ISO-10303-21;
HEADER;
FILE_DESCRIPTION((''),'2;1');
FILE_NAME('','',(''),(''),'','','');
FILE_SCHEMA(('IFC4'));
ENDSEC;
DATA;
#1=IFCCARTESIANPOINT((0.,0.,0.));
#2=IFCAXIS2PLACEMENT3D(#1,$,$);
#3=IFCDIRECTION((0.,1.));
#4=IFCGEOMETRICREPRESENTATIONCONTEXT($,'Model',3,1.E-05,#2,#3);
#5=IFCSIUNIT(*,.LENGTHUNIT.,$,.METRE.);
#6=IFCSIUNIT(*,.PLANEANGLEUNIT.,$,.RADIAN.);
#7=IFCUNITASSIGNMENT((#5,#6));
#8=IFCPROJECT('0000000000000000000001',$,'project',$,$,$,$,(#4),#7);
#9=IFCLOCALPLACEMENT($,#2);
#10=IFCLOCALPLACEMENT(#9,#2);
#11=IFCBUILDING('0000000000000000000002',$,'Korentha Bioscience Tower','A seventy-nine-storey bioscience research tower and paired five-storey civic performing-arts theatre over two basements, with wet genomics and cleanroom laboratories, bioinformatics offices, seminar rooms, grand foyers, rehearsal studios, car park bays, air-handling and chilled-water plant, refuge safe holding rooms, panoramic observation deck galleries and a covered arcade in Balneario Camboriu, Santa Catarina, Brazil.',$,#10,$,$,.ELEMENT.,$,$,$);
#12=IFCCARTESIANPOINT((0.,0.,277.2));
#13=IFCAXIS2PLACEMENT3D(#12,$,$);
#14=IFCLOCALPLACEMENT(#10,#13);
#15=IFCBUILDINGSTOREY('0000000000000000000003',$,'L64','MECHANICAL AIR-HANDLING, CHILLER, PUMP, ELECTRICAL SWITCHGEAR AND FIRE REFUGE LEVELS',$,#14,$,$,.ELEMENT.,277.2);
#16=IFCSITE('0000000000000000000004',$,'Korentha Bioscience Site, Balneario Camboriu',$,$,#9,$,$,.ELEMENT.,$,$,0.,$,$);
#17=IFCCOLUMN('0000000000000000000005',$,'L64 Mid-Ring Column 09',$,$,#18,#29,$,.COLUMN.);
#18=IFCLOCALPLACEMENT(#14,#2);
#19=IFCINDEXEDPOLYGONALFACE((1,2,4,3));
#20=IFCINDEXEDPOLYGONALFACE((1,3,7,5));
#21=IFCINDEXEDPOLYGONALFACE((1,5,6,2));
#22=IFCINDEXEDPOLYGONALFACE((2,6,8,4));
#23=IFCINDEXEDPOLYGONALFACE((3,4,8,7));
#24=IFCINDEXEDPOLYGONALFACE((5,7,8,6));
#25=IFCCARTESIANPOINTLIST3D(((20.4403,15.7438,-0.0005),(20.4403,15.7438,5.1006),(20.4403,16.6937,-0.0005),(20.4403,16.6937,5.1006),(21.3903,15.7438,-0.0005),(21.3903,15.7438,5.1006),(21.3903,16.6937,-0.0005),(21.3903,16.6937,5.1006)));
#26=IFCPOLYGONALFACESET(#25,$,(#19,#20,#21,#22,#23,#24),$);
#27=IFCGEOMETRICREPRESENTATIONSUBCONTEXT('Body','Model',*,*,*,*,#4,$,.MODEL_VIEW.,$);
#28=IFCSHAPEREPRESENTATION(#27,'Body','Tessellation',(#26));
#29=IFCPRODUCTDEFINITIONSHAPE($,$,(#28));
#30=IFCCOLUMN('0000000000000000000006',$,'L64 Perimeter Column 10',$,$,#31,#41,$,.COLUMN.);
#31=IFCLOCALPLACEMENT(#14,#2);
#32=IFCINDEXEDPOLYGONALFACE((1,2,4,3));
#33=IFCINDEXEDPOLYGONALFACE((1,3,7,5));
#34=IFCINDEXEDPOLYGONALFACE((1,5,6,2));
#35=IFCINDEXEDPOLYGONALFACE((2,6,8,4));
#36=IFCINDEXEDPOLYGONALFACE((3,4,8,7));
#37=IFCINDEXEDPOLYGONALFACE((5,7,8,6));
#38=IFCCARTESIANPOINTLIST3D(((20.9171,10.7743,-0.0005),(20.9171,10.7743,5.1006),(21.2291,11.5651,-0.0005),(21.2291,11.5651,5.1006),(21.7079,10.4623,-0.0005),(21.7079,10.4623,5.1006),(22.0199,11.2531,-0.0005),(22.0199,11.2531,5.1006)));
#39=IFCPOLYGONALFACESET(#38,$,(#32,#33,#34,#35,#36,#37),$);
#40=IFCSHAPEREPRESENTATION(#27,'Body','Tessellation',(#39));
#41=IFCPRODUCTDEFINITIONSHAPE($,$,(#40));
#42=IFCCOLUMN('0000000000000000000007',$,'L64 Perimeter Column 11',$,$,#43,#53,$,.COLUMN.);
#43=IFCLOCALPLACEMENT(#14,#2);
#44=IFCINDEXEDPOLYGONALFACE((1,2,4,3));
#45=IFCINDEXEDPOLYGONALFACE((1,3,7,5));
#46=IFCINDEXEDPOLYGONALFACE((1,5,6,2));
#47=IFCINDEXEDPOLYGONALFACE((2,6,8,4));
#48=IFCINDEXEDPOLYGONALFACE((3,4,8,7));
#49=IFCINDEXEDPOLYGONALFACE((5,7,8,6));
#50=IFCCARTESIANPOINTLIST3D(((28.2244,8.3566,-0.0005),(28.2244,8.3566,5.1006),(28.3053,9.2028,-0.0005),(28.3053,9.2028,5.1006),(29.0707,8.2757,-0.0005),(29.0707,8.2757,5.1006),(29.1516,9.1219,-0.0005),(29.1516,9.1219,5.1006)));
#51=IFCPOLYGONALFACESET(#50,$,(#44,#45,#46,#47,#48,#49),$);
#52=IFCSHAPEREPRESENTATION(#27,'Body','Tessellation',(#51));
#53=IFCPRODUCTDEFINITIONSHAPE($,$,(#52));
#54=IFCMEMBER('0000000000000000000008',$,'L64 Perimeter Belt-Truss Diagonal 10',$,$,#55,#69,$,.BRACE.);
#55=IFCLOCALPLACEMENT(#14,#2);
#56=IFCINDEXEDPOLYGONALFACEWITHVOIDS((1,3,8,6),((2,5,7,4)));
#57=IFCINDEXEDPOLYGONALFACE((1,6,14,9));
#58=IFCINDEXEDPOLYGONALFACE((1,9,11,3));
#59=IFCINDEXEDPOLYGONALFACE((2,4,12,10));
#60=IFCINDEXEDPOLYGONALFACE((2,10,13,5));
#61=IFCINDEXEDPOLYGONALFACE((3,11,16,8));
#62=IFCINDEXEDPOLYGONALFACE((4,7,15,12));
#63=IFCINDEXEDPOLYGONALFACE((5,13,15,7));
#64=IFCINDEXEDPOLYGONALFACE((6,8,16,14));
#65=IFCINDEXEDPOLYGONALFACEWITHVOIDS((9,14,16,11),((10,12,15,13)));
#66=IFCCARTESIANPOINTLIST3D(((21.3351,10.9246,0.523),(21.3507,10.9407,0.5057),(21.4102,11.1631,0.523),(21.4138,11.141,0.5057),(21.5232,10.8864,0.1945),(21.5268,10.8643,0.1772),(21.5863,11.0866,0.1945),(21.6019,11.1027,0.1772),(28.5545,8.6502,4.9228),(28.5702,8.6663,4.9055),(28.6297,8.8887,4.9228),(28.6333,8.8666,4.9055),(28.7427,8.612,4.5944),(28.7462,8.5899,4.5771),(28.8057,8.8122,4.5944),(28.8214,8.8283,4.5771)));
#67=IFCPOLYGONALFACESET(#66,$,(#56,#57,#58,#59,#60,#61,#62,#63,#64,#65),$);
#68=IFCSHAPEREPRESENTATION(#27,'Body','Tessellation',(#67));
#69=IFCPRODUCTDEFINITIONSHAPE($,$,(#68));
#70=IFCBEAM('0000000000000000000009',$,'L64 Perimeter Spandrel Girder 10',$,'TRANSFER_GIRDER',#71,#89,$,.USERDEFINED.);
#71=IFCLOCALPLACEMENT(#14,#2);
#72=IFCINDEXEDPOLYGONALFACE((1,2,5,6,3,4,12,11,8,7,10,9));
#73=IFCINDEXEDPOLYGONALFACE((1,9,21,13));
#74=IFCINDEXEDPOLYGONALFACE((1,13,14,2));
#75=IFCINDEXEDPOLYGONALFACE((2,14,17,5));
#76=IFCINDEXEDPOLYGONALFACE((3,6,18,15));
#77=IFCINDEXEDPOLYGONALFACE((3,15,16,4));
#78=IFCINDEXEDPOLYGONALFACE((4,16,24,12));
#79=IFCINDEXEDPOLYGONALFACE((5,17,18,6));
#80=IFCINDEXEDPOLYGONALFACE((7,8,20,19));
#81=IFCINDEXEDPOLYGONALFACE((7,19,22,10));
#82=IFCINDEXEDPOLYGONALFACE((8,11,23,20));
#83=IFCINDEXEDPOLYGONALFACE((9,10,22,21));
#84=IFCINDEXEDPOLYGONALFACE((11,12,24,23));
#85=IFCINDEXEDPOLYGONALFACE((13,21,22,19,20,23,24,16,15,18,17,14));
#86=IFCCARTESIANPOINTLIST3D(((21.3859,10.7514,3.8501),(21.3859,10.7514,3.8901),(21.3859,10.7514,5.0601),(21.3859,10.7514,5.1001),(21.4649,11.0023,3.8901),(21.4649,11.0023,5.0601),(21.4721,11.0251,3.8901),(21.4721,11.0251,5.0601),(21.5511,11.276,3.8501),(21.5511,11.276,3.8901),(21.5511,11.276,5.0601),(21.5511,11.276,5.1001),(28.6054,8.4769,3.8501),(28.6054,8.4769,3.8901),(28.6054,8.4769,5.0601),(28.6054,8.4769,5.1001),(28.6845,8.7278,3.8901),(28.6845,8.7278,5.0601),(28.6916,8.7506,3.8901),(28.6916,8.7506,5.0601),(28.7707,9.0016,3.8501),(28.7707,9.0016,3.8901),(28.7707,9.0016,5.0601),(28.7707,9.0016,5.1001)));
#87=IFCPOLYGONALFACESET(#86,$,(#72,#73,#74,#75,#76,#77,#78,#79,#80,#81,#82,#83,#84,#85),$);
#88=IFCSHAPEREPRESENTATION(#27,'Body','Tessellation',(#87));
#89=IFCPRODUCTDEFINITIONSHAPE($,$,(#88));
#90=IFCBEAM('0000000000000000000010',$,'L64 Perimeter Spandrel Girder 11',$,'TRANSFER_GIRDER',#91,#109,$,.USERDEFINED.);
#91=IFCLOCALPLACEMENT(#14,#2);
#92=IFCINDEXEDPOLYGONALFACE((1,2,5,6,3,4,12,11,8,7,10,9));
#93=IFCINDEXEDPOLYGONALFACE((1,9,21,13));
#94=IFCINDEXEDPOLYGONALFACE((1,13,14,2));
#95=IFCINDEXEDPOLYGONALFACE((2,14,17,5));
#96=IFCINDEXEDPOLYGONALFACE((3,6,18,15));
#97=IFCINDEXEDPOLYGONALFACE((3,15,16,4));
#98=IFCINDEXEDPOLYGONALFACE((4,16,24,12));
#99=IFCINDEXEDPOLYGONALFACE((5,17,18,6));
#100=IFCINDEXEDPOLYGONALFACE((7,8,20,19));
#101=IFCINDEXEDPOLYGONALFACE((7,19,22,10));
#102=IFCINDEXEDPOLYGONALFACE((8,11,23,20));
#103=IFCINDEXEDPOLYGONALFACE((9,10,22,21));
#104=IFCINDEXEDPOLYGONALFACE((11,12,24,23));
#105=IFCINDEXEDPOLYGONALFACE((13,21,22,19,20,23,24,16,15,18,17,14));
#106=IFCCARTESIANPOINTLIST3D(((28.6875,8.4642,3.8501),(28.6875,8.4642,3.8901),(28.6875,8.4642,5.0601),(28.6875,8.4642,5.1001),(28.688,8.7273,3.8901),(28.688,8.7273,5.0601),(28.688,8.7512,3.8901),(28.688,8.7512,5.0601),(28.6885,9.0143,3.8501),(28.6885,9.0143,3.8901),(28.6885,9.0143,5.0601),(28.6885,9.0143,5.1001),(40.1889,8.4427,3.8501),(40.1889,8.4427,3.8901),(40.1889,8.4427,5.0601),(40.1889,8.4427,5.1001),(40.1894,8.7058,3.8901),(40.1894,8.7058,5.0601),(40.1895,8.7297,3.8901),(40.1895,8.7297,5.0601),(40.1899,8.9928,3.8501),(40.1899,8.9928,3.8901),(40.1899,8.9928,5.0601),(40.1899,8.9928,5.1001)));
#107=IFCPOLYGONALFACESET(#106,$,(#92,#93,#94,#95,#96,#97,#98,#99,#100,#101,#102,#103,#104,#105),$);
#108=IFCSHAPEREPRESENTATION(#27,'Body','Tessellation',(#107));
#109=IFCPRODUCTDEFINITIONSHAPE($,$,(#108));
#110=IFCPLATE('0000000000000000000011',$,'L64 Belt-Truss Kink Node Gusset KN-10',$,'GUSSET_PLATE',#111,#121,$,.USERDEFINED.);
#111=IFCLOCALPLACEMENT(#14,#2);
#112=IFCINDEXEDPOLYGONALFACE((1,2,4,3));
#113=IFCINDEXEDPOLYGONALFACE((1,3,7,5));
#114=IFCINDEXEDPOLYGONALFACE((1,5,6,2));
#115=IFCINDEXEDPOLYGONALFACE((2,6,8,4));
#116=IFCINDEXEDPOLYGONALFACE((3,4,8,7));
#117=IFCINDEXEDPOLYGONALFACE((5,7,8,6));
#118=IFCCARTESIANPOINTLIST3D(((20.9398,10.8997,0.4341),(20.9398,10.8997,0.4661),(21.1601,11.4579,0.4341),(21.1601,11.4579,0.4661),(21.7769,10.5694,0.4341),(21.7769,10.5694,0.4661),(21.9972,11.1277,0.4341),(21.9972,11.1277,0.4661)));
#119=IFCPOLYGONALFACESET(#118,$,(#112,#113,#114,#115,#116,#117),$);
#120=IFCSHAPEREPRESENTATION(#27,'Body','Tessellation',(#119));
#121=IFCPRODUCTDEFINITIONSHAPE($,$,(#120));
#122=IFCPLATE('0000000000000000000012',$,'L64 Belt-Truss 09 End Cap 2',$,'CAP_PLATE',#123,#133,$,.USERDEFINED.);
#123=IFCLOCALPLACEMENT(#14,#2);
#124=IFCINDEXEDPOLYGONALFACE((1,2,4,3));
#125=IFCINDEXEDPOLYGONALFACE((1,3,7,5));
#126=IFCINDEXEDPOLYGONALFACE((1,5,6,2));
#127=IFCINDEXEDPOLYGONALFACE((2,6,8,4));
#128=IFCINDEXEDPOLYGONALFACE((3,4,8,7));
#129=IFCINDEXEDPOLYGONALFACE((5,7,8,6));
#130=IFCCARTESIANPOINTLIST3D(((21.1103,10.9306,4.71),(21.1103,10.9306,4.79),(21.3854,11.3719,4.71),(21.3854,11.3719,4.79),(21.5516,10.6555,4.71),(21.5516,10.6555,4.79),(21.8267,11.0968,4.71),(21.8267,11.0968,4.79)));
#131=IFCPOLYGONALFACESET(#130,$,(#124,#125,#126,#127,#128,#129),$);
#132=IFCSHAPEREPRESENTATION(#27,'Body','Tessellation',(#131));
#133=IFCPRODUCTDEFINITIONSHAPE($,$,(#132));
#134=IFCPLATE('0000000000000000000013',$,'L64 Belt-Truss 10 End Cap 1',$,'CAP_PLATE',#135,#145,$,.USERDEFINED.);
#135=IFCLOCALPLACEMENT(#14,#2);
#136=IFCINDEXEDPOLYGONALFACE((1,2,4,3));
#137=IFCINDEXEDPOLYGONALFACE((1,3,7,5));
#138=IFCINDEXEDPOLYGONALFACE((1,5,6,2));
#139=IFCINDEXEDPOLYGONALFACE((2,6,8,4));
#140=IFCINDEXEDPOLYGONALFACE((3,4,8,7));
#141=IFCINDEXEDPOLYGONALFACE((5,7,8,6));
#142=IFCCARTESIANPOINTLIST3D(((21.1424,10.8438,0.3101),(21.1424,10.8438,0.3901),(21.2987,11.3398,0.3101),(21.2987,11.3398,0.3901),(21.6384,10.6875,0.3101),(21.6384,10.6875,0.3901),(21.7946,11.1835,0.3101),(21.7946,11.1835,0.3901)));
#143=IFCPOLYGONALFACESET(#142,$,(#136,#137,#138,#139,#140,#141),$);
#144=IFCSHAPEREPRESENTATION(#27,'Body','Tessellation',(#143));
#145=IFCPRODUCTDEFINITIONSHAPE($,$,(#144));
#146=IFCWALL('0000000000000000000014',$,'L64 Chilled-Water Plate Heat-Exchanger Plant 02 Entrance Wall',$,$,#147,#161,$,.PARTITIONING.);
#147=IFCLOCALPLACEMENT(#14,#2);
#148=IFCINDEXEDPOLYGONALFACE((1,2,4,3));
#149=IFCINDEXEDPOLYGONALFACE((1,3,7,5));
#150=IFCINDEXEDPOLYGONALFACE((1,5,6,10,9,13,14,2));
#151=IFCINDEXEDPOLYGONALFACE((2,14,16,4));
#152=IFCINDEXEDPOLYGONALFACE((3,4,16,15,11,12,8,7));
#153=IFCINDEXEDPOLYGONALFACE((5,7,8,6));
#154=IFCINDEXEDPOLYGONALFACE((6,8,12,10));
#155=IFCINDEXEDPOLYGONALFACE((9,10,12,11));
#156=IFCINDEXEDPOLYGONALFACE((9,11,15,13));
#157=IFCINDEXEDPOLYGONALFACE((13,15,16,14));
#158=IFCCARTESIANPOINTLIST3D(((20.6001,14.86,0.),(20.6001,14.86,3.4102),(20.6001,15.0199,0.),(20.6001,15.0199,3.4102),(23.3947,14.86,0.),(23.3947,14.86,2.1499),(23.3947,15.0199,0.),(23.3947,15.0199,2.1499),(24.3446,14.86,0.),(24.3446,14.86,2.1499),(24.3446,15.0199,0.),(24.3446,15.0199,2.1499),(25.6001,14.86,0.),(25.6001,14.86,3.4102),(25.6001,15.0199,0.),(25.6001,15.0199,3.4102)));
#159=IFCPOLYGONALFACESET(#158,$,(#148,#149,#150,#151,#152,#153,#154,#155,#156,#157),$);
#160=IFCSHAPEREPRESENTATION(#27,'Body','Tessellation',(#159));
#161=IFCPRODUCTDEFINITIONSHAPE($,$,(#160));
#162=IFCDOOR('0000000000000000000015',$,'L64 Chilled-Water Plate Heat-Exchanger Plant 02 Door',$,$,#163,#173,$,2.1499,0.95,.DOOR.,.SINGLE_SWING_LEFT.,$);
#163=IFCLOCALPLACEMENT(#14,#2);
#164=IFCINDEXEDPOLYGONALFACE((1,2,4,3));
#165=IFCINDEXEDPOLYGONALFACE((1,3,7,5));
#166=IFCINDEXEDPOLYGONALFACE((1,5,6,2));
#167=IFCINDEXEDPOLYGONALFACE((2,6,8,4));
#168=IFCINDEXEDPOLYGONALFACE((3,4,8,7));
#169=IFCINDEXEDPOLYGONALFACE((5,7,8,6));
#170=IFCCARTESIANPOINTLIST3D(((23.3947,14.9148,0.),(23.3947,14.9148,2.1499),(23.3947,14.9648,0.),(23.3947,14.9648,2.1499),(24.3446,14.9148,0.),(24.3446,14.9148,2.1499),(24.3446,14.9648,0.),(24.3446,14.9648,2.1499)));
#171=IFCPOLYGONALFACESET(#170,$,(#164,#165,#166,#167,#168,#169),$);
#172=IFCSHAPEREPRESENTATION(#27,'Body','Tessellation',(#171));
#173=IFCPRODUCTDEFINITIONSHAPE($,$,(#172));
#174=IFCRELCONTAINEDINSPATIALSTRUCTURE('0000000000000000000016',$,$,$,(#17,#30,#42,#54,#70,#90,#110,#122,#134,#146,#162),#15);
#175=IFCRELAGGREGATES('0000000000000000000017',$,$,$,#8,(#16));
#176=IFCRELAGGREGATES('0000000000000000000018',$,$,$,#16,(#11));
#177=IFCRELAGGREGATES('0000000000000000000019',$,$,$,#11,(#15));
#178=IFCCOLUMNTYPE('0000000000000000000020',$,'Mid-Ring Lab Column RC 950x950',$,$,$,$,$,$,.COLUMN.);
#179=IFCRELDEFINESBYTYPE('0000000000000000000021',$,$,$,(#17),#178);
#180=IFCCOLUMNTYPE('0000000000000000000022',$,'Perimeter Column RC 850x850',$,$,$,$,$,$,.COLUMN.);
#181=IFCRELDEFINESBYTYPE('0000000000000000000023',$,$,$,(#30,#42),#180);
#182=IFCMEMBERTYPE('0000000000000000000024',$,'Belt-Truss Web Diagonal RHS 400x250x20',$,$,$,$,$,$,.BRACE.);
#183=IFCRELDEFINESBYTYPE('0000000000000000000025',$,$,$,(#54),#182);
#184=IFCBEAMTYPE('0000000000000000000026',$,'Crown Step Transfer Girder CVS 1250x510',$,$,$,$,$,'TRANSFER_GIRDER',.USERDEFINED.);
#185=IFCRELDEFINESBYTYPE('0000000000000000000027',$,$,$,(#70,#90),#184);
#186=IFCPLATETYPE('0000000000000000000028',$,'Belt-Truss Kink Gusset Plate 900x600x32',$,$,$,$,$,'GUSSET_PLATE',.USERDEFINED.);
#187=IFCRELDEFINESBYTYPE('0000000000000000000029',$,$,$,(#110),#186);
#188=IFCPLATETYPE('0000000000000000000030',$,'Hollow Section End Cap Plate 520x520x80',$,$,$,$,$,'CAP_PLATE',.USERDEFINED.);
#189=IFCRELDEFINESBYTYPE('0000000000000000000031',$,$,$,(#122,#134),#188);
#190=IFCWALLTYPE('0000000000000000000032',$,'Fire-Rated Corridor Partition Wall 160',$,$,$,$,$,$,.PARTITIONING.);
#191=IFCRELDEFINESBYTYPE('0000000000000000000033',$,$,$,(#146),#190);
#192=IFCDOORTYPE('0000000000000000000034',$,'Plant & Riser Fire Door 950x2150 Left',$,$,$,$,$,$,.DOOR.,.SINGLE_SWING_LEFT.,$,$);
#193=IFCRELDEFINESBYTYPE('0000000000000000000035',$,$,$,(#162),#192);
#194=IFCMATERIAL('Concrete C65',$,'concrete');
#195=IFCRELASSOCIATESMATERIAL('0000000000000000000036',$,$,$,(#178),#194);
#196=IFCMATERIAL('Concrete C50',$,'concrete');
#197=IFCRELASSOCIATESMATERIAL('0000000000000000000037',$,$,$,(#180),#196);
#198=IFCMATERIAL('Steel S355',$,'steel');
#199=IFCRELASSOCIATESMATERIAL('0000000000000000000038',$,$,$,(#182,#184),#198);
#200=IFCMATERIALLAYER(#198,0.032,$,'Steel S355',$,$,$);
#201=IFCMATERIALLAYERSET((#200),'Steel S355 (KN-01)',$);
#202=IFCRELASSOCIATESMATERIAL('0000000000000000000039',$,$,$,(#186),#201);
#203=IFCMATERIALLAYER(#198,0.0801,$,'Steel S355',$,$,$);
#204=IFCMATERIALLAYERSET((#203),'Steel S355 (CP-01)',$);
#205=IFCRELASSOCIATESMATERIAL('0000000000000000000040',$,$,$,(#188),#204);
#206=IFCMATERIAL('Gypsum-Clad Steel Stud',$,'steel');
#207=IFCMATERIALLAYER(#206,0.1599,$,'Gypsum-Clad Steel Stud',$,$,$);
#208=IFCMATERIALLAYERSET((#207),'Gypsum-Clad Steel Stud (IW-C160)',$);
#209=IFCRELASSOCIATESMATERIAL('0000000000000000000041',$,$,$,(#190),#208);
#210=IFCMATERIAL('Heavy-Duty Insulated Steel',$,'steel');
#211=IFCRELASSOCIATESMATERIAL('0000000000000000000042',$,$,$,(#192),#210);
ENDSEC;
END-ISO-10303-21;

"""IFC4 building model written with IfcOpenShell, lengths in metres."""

from ifc_helpers import new_model, si_unit, direction, frame, frame_2d, origin, origin_2d, place, context, subcontext, project, spatial, rectangle, hollow_rectangle, i_section, extrude, material, layer, layer_set, material_profile, profile_set, type_object, element, fill, save


model = new_model("IFC4")

# Units and contexts
model_context = context("Model", 3, precision=1e-05, world=origin(), true_north=direction((0.0, 1.0)))
body_context = subcontext(model_context, "Body", "Model", "MODEL_VIEW")
ifc_project = project(units=[si_unit("LENGTHUNIT", "METRE"), si_unit("PLANEANGLEUNIT", "RADIAN")], contexts=[model_context])

# Site, building, storey
site_placement = place(None, origin())
site = spatial("IfcSite", under=ifc_project, at=site_placement, Name="Korentha Bioscience Site, Balneario Camboriu", CompositionType="ELEMENT", RefElevation=0.0)
building_placement = place(site_placement, origin())
building = spatial("IfcBuilding", under=site, at=building_placement, Name="Korentha Bioscience Tower", Description="A seventy-nine-storey bioscience research tower and paired five-storey civic performing-arts theatre over two basements, with wet genomics and cleanroom laboratories, bioinformatics offices, seminar rooms, grand foyers, rehearsal studios, car park bays, air-handling and chilled-water plant, refuge safe holding rooms, panoramic observation deck galleries and a covered arcade in Balneario Camboriu, Santa Catarina, Brazil.", CompositionType="ELEMENT")
storey_placement = place(building_placement, frame((0.0, 0.0, 277.2)))
storey = spatial("IfcBuildingStorey", under=building, at=storey_placement, Name="L64", Description="MECHANICAL AIR-HANDLING, CHILLER, PUMP, ELECTRICAL SWITCHGEAR AND FIRE REFUGE LEVELS", CompositionType="ELEMENT", Elevation=277.2)

# Columns
ifc_material_1 = material(Name="Concrete C65", Category="concrete")
ifc_material_profile_1 = material_profile(ifc_material_1, rectangle(XDim=0.95, YDim=0.95, at=origin_2d()), Name="Concrete C65")
ifc_profile_set_1 = profile_set([ifc_material_profile_1], Name="Concrete C65 (COL-MR09)")
column_type_1 = type_object("IfcColumnType", Name="Mid-Ring Lab Column RC 950x950", PredefinedType="COLUMN", material=ifc_profile_set_1)
column_placement = place(storey_placement, frame((20.9153, 16.2188, -0.0005), z_axis=(0.0, 0.0, 1.0), x_axis=(1.0, 0.0, 0.0)))
element("IfcColumn", 1, at=column_placement, inside=storey, type_object=column_type_1, Name="L64 Mid-Ring Column 09", PredefinedType="COLUMN", context=body_context, shape_type="SweptSolid", body=[
    extrude(rectangle(XDim=0.95, YDim=0.95, at=origin_2d()), origin(), (0.0, 0.0, 1.0), 5.1011),
])
ifc_material_2 = material(Name="Concrete C50", Category="concrete")
ifc_material_profile_2 = material_profile(ifc_material_2, rectangle(XDim=0.8501, YDim=0.8501, at=origin_2d()), Name="Concrete C50")
ifc_profile_set_2 = profile_set([ifc_material_profile_2], Name="Concrete C50 (COL-P08)")
column_type_2 = type_object("IfcColumnType", Name="Perimeter Column RC 850x850", PredefinedType="COLUMN", material=ifc_profile_set_2)
for number, where, z_axis, x_axis, name in (
    (2, (21.4685, 11.0137, -0.0005), (0.0, 0.0, 1.0), (-0.930226, 0.366988, 0.0), "L64 Perimeter Column 10"),
    (3, (28.688, 8.7393, -0.0005), (0.0, 0.0, 1.0), (-0.995463, 0.095151, 0.0), "L64 Perimeter Column 11"),
):
    element("IfcColumn", number, at=place(storey_placement, frame(where, z_axis=z_axis, x_axis=x_axis)), inside=storey, type_object=column_type_2, Name=name, PredefinedType="COLUMN", context=body_context, shape_type="SweptSolid", body=[
        extrude(rectangle(XDim=0.8501, YDim=0.8501, at=origin_2d()), origin(), (0.0, 0.0, 1.0), 5.1011),
    ])

# Member
ifc_material_3 = material(Name="Steel S355", Category="steel")
ifc_material_profile_3 = material_profile(ifc_material_3, hollow_rectangle(XDim=0.25, YDim=0.3999, WallThickness=0.02, at=origin_2d()), Name="Steel S355")
ifc_profile_set_3 = profile_set([ifc_material_profile_3], Name="Steel S355 (BT-D400)")
member_type = type_object("IfcMemberType", Name="Belt-Truss Web Diagonal RHS 400x250x20", PredefinedType="BRACE", material=ifc_profile_set_3)
member_placement = place(storey_placement, frame((21.4685, 11.0137, 0.3501), z_axis=(0.824596, -0.25978, 0.502549), x_axis=(0.30048, 0.953788, 0.0)))
element("IfcMember", 4, at=member_placement, inside=storey, type_object=member_type, Name="L64 Perimeter Belt-Truss Diagonal 10", PredefinedType="BRACE", context=body_context, shape_type="SweptSolid", body=[
    extrude(hollow_rectangle(XDim=0.25, YDim=0.3999, WallThickness=0.02, at=origin_2d()), origin(), (0.0, 0.0, 1.0), 8.7551),
])

# Beams
ifc_material_profile_4 = material_profile(ifc_material_3, i_section(OverallWidth=0.55, OverallDepth=1.25, WebThickness=0.0239, FlangeThickness=0.04, at=origin_2d()), Name="Steel S355")
ifc_profile_set_4 = profile_set([ifc_material_profile_4], Name="Steel S355 (TG-03)")
beam_type = type_object("IfcBeamType", Name="Crown Step Transfer Girder CVS 1250x510", ElementType="TRANSFER_GIRDER", PredefinedType="USERDEFINED", material=ifc_profile_set_4)
beam_1_placement = place(storey_placement, frame((21.4685, 11.0137, 4.4751), z_axis=(0.953788, -0.30048, 0.0), x_axis=(0.30048, 0.953788, 0.0)))
element("IfcBeam", 5, at=beam_1_placement, inside=storey, type_object=beam_type, Name="L64 Perimeter Spandrel Girder 10", ObjectType="TRANSFER_GIRDER", PredefinedType="USERDEFINED", context=body_context, shape_type="SweptSolid", body=[
    extrude(i_section(OverallWidth=0.55, OverallDepth=1.25, WebThickness=0.0239, FlangeThickness=0.04, at=origin_2d()), origin(), (0.0, 0.0, 1.0), 7.5693),
])
beam_2_placement = place(storey_placement, frame((28.688, 8.7393, 4.4751), z_axis=(0.999998, -0.001868, 0.0), x_axis=(0.001868, 0.999998, 0.0)))
element("IfcBeam", 6, at=beam_2_placement, inside=storey, type_object=beam_type, Name="L64 Perimeter Spandrel Girder 11", ObjectType="TRANSFER_GIRDER", PredefinedType="USERDEFINED", context=body_context, shape_type="SweptSolid", body=[
    extrude(i_section(OverallWidth=0.55, OverallDepth=1.25, WebThickness=0.0239, FlangeThickness=0.04, at=origin_2d()), origin(), (0.0, 0.0, 1.0), 11.5015),
])

# Plates
ifc_layer_1 = layer(ifc_material_3, 0.032, Name="Steel S355")
ifc_layer_set_1 = layer_set([ifc_layer_1], Name="Steel S355 (KN-01)")
plate_type_1 = type_object("IfcPlateType", Name="Belt-Truss Kink Gusset Plate 900x600x32", ElementType="GUSSET_PLATE", PredefinedType="USERDEFINED", material=ifc_layer_set_1)
plate_placement = place(storey_placement, frame((21.4685, 11.0137, 0.4341), z_axis=(0.0, 0.0, 1.0), x_axis=(-0.930226, 0.366988, 0.0)))
element("IfcPlate", 7, at=plate_placement, inside=storey, type_object=plate_type_1, Name="L64 Belt-Truss Kink Node Gusset KN-10", ObjectType="GUSSET_PLATE", PredefinedType="USERDEFINED", context=body_context, shape_type="SweptSolid", body=[
    extrude(rectangle(XDim=0.8999, YDim=0.6001, at=origin_2d()), origin(), (0.0, 0.0, 1.0), 0.032),
])
ifc_layer_2 = layer(ifc_material_3, 0.0801, Name="Steel S355")
ifc_layer_set_2 = layer_set([ifc_layer_2], Name="Steel S355 (CP-01)")
plate_type_2 = type_object("IfcPlateType", Name="Hollow Section End Cap Plate 520x520x80", ElementType="CAP_PLATE", PredefinedType="USERDEFINED", material=ifc_layer_set_2)
for number, where, z_axis, x_axis, name in (
    (8, (21.4685, 11.0137, 4.71), (0.0, 0.0, 1.0), (-0.848603, 0.529031, 0.0), "L64 Belt-Truss 09 End Cap 2"),
    (9, (21.4685, 11.0137, 0.3101), (0.0, 0.0, 1.0), (-0.953769, 0.300539, 0.0), "L64 Belt-Truss 10 End Cap 1"),
):
    element("IfcPlate", number, at=place(storey_placement, frame(where, z_axis=z_axis, x_axis=x_axis)), inside=storey, type_object=plate_type_2, Name=name, ObjectType="CAP_PLATE", PredefinedType="USERDEFINED", context=body_context, shape_type="SweptSolid", body=[
        extrude(rectangle(XDim=0.52, YDim=0.52, at=origin_2d()), origin(), (0.0, 0.0, 1.0), 0.0801),
    ])

# Wall, opening, door
ifc_material_4 = material(Name="Gypsum-Clad Steel Stud", Category="steel")
ifc_layer_3 = layer(ifc_material_4, 0.1599, Name="Gypsum-Clad Steel Stud")
ifc_layer_set_3 = layer_set([ifc_layer_3], Name="Gypsum-Clad Steel Stud (IW-C160)")
wall_type_1 = type_object("IfcWallType", Name="Fire-Rated Corridor Partition Wall 160", PredefinedType="PARTITIONING", material=ifc_layer_set_3)
wall_1_placement = place(storey_placement, frame((20.6001, 14.9399, 0.0), z_axis=(0.0, 0.0, 1.0), x_axis=(1.0, 0.0, 0.0)))
wall_1 = element("IfcWall", 10, at=wall_1_placement, inside=storey, type_object=wall_type_1, Name="L64 Chilled-Water Plate Heat-Exchanger Plant 02 Entrance Wall", PredefinedType="PARTITIONING", context=body_context, shape_type="SweptSolid", body=[
    extrude(rectangle(XDim=5.0, YDim=0.1599, at=frame_2d((2.5, 0.0))), origin(), (0.0, 0.0, 1.0), 3.4102),
])
opening_placement = place(wall_1_placement, frame((2.7944, 0.0, 0.0)))
opening = element("IfcOpeningElement", 11, at=opening_placement, cuts=wall_1, PredefinedType="OPENING", context=body_context, shape_type="SweptSolid", body=[
    extrude(rectangle(XDim=0.95, YDim=2.1499, at=frame_2d((0.4751, 1.075))), frame((0.0, 0.0947, 0.0), z_axis=(0.0, -1.0, 0.0), x_axis=(1.0, 0.0, 0.0)), (0.0, 0.0, 1.0), 0.1897),
])
ifc_material_5 = material(Name="Heavy-Duty Insulated Steel", Category="steel")
door_type = type_object("IfcDoorType", Name="Plant & Riser Fire Door 950x2150 Left", OperationType="SINGLE_SWING_LEFT", PredefinedType="DOOR", material=ifc_material_5)
door_placement = place(opening_placement, origin())
door = element("IfcDoor", 12, at=door_placement, inside=storey, type_object=door_type, Name="L64 Chilled-Water Plate Heat-Exchanger Plant 02 Door", OperationType="SINGLE_SWING_LEFT", OverallHeight=2.1499, OverallWidth=0.95, PredefinedType="DOOR", context=body_context, shape_type="SweptSolid", body=[
    extrude(rectangle(XDim=0.95, YDim=2.1499, at=frame_2d((0.4751, 1.075))), frame((0.0, 0.0249, 0.0), z_axis=(0.0, -1.0, 0.0), x_axis=(1.0, 0.0, 0.0)), (0.0, 0.0, 1.0), 0.05),
])
fill(opening, door)

save(model, "model.ifc")
